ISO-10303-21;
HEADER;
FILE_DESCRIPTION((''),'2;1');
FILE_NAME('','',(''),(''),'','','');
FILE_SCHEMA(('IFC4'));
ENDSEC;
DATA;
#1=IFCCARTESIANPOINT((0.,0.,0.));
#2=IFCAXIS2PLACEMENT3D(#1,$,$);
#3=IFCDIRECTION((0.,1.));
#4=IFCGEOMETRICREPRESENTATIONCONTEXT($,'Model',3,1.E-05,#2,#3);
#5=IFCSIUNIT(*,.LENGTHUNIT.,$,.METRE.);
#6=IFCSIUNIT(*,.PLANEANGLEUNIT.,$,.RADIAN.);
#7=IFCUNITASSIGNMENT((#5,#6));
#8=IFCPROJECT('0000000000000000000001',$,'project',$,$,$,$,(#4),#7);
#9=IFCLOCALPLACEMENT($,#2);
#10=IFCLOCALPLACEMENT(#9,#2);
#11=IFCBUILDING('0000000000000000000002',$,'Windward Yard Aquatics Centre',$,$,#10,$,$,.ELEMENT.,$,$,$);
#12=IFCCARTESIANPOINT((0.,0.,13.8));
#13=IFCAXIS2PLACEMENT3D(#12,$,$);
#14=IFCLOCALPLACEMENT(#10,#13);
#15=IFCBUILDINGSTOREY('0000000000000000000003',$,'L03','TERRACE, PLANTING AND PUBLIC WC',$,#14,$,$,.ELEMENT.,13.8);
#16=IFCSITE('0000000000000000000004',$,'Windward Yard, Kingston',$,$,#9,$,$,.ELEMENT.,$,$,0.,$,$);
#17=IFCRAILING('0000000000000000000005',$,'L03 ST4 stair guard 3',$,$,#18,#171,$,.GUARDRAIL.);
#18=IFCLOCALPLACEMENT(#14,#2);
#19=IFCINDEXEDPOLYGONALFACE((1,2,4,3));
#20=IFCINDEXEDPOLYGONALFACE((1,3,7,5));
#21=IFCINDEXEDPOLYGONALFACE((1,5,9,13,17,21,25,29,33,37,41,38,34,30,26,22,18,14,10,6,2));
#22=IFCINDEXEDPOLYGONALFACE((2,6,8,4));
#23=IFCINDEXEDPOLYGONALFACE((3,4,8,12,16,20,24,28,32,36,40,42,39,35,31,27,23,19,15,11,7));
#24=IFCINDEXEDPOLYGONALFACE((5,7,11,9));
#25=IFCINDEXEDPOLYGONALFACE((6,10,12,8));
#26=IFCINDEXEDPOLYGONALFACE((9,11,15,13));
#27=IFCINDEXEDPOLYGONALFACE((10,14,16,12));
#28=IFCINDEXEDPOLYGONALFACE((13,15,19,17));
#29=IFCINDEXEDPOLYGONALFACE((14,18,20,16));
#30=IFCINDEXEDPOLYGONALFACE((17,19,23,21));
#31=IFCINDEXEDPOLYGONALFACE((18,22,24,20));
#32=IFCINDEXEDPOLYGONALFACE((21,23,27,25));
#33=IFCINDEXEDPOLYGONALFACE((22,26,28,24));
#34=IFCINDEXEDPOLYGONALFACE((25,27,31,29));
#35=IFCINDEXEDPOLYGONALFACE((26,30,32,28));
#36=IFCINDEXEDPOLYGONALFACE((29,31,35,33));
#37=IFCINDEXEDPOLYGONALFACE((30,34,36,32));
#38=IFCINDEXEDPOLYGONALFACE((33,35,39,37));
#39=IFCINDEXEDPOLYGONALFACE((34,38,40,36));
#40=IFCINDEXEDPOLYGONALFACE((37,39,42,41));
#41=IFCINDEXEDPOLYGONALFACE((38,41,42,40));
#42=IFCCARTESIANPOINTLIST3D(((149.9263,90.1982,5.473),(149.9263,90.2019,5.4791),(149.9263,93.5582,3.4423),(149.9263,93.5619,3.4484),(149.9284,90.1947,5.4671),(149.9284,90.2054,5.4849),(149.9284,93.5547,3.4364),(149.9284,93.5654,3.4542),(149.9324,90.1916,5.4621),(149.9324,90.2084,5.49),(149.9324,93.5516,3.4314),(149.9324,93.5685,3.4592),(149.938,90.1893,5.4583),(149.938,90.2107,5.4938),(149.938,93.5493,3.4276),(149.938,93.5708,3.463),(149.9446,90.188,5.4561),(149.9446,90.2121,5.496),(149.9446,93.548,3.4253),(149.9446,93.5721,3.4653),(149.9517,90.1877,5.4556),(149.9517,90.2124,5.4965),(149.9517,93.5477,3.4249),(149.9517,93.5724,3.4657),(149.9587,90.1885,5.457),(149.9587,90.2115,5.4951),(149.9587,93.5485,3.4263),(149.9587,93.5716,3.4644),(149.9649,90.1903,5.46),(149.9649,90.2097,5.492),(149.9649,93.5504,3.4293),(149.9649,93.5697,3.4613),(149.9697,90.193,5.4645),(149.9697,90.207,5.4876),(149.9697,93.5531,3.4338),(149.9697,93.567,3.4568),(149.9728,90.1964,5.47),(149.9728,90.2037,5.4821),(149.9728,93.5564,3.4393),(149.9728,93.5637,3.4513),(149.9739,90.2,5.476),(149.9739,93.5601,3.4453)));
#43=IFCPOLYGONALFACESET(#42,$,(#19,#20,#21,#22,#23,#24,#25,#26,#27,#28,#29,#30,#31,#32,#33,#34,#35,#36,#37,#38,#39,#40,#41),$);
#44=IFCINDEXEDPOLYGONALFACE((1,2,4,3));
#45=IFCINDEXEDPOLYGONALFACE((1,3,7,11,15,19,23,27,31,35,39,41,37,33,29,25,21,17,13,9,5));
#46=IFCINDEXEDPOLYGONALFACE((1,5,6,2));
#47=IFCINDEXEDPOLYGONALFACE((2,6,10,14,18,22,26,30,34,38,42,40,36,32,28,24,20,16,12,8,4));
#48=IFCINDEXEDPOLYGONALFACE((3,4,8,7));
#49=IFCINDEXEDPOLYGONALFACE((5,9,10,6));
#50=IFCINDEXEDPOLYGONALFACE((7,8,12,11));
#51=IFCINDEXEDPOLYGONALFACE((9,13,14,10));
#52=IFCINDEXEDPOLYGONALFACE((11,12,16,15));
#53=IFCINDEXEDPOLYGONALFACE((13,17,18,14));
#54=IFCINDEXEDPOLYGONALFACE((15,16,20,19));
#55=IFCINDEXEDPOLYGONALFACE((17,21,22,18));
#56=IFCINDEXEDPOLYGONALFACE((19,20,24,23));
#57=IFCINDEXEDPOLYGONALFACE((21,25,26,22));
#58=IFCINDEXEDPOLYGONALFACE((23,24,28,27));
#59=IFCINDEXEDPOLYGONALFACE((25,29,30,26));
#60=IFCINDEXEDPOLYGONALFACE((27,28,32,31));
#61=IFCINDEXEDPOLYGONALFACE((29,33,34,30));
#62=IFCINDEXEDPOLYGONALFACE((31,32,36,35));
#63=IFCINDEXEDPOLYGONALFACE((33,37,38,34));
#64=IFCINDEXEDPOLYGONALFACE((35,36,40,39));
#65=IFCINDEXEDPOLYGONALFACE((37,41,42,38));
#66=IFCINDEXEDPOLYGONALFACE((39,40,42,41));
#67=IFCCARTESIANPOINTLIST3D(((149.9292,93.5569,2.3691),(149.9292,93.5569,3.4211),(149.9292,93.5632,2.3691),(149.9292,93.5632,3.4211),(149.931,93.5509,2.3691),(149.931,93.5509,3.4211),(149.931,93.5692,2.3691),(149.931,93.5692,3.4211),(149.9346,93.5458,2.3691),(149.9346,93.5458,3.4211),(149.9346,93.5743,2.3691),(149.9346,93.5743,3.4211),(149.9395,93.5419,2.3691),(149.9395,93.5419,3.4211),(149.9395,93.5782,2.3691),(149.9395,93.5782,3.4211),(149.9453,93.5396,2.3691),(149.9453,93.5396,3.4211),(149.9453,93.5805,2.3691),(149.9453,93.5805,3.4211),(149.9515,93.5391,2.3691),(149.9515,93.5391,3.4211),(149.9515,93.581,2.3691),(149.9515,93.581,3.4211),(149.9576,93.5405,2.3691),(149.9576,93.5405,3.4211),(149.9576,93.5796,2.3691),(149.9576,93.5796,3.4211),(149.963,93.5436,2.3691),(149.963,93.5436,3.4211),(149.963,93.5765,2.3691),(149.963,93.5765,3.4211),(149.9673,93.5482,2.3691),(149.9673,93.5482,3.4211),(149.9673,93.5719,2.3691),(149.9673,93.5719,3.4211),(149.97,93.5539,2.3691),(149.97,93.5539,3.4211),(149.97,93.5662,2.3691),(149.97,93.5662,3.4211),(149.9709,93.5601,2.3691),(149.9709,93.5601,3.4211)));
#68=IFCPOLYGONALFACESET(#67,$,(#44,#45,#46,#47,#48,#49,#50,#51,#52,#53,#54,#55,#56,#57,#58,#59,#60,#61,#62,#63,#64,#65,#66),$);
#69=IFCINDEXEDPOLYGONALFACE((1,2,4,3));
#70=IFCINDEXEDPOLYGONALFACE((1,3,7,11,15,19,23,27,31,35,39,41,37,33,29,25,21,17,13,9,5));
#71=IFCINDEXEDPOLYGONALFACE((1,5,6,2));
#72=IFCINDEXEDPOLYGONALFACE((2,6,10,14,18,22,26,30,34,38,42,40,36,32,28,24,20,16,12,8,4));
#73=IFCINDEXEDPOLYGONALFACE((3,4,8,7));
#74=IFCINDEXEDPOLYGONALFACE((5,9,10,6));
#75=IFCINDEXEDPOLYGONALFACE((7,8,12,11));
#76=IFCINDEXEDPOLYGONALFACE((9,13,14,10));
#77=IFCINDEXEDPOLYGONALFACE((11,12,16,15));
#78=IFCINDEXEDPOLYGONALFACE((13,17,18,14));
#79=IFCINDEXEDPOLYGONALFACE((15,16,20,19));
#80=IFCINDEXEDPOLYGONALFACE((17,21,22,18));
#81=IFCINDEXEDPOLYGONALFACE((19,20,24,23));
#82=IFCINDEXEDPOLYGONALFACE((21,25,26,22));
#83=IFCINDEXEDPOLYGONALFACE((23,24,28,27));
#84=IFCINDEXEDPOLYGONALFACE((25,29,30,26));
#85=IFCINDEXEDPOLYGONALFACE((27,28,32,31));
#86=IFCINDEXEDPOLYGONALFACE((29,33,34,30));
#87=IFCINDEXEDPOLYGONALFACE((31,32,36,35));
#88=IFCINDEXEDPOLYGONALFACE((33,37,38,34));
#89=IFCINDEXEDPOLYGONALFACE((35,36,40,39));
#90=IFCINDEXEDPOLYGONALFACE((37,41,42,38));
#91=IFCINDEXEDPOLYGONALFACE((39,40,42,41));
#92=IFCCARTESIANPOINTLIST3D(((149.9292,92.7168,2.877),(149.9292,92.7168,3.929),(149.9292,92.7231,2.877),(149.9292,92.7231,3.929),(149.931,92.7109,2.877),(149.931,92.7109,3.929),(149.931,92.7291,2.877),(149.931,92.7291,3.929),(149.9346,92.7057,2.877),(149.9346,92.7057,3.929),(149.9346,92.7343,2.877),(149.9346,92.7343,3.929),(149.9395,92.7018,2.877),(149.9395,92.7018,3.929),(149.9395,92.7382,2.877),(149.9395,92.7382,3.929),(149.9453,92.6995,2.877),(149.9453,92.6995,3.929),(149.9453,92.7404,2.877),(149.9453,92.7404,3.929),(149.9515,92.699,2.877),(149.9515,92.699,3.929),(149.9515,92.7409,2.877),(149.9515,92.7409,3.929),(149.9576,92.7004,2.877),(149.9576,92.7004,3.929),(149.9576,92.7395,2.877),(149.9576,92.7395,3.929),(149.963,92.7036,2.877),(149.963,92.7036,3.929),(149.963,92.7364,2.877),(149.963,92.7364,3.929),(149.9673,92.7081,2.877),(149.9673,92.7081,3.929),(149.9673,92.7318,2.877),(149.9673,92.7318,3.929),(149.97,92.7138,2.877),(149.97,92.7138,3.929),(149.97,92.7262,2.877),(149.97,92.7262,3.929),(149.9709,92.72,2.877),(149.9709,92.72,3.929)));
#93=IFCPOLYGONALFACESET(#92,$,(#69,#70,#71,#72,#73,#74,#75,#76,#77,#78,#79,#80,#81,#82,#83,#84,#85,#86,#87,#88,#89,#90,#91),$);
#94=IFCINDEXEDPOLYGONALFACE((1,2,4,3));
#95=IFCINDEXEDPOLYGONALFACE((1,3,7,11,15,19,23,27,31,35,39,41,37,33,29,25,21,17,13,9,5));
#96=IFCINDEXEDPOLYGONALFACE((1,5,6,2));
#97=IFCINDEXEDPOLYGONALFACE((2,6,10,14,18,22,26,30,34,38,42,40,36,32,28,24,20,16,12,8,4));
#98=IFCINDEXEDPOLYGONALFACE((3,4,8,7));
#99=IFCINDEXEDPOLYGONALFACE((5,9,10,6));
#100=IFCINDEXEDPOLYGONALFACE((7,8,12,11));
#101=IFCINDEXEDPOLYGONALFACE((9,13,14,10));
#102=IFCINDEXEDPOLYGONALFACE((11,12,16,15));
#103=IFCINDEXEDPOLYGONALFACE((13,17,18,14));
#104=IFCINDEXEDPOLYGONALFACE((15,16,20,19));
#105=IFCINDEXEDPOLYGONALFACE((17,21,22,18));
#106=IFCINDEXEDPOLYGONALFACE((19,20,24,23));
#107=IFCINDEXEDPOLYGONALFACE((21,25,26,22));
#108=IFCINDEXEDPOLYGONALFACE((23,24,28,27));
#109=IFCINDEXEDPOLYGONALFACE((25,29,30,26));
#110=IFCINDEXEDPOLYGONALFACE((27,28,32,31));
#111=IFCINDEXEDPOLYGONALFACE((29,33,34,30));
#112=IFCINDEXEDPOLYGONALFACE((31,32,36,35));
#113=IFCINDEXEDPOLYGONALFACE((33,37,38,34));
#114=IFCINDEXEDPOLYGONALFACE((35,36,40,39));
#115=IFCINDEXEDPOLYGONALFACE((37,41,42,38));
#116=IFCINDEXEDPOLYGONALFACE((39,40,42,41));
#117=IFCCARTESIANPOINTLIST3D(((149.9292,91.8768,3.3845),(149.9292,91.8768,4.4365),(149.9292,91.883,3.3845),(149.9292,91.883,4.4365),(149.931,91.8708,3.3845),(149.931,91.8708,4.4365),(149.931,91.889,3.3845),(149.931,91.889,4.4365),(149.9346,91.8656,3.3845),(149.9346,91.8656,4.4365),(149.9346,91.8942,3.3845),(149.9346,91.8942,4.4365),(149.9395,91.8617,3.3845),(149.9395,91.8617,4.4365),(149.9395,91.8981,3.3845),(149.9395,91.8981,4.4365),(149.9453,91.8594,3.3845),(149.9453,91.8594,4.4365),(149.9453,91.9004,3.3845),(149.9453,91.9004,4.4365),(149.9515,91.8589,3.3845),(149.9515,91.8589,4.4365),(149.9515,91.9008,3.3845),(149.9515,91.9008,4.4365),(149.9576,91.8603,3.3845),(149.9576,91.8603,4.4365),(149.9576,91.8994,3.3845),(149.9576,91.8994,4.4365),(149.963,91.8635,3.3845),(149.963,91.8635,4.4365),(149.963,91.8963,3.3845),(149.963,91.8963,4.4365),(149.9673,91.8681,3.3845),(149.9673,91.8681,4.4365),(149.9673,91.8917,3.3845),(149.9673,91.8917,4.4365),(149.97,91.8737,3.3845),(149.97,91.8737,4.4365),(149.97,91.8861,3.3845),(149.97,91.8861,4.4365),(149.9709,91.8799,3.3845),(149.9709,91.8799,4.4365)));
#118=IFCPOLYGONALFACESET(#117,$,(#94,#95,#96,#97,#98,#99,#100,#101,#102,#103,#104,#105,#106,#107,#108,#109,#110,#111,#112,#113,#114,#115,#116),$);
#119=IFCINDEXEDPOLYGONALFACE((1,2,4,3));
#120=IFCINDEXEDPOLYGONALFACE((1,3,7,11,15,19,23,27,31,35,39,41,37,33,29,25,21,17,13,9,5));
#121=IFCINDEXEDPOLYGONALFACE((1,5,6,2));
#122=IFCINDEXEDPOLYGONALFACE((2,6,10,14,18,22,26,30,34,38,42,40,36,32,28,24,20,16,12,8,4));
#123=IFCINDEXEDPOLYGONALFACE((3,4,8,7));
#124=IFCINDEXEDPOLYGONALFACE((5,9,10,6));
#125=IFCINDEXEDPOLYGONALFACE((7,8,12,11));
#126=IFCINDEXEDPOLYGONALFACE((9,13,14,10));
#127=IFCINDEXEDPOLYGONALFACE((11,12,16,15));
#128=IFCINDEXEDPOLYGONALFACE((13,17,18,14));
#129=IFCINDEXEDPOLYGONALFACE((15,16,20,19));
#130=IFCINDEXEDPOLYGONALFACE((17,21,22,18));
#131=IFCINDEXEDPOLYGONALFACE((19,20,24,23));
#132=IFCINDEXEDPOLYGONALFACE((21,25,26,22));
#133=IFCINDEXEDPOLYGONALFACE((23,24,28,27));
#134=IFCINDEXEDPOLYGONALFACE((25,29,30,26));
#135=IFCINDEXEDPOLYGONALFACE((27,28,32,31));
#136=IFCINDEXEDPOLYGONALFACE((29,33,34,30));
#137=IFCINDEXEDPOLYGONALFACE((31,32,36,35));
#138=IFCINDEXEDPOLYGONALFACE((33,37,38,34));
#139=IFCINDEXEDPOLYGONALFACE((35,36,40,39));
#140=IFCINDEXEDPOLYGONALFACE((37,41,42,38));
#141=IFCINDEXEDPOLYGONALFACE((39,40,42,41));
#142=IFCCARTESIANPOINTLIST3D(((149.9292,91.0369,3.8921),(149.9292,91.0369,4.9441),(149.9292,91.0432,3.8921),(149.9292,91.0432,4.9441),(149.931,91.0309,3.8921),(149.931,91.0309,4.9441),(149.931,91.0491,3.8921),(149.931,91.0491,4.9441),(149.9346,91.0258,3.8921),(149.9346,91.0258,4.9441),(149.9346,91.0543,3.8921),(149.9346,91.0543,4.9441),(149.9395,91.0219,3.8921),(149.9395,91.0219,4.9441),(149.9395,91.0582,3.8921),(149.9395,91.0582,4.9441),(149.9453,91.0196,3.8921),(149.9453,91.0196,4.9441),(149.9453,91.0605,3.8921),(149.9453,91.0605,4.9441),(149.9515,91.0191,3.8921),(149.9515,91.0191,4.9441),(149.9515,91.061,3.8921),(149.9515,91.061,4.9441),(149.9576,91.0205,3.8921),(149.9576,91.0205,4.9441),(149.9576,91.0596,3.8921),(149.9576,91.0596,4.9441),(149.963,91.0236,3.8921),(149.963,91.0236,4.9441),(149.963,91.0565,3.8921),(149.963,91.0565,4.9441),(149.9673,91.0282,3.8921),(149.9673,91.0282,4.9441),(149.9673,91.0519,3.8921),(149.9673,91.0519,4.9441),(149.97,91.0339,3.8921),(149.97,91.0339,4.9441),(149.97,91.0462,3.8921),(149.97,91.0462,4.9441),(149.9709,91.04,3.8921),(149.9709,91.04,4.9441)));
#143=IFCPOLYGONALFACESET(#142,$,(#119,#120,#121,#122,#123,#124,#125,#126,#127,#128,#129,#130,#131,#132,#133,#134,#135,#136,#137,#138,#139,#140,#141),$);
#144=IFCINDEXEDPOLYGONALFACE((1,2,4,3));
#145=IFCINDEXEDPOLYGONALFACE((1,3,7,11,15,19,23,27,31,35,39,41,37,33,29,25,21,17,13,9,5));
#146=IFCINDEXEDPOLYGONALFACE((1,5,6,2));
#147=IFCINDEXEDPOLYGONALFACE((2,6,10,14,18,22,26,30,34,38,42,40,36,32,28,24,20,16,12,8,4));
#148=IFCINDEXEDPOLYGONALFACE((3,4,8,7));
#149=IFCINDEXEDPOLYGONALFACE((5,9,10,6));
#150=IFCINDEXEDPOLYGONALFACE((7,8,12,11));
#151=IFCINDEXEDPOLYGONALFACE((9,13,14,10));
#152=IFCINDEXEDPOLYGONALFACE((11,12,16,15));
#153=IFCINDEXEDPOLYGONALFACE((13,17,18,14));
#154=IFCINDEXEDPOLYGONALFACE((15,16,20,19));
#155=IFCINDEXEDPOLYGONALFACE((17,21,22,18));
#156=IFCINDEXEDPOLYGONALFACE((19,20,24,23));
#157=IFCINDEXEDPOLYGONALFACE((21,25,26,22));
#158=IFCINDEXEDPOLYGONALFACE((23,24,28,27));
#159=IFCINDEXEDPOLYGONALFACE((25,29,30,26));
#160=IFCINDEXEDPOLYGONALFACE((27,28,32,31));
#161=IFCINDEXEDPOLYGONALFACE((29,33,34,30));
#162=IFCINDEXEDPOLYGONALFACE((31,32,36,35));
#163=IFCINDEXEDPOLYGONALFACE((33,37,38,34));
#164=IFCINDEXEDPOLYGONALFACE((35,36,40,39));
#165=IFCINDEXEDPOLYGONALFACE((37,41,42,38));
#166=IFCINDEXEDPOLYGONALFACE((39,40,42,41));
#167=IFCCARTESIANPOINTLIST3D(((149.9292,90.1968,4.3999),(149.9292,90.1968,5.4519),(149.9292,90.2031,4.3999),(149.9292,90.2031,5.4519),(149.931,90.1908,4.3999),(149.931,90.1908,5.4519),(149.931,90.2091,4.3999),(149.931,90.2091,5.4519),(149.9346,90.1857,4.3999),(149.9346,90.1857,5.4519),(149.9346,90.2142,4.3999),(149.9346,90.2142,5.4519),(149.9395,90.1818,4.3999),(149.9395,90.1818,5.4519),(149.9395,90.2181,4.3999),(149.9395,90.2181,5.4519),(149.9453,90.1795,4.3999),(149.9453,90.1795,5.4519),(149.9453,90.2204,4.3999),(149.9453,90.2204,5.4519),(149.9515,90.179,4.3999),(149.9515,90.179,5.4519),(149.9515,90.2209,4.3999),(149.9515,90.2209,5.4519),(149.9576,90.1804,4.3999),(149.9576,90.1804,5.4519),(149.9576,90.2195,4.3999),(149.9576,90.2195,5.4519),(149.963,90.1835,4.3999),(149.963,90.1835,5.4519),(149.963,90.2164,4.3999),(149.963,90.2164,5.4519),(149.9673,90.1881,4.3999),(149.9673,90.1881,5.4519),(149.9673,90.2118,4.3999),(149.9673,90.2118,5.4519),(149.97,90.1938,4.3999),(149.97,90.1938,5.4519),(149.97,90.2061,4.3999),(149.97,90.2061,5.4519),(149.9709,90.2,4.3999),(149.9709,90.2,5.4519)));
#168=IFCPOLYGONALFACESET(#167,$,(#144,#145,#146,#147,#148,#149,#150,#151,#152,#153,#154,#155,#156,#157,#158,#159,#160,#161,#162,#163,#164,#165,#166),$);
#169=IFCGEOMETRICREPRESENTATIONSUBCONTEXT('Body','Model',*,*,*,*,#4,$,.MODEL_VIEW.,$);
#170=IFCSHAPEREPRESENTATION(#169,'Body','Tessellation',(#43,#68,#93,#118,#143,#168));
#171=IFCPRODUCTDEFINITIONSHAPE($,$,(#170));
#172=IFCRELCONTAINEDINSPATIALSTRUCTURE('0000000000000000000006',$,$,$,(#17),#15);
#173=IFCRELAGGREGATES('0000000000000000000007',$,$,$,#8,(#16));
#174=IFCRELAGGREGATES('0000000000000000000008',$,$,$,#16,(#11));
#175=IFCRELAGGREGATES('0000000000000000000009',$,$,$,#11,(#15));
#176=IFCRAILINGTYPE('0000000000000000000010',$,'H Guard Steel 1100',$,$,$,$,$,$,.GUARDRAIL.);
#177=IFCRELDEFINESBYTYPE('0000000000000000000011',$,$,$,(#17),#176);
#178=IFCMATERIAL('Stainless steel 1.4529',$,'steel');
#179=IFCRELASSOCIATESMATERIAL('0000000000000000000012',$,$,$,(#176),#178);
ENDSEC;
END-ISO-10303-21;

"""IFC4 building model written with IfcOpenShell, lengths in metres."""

from ifc_helpers import new_model, si_unit, direction, frame, origin, origin_2d, place, context, subcontext, project, spatial, circle, extrude, material, type_object, element, save


model = new_model("IFC4")

# Units and contexts
model_context = context("Model", 3, precision=1e-05, world=origin(), true_north=direction((0.0, 1.0)))
body_context = subcontext(model_context, "Body", "Model", "MODEL_VIEW")
ifc_project = project(units=[si_unit("LENGTHUNIT", "METRE"), si_unit("PLANEANGLEUNIT", "RADIAN")], contexts=[model_context])

# Site, building, storey
site_placement = place(None, origin())
site = spatial("IfcSite", under=ifc_project, at=site_placement, Name="Windward Yard, Kingston", CompositionType="ELEMENT", RefElevation=0.0)
building_placement = place(site_placement, origin())
building = spatial("IfcBuilding", under=site, at=building_placement, Name="Windward Yard Aquatics Centre", CompositionType="ELEMENT")
storey_placement = place(building_placement, frame((0.0, 0.0, 13.8)))
storey = spatial("IfcBuildingStorey", under=building, at=storey_placement, Name="L03", Description="TERRACE, PLANTING AND PUBLIC WC", CompositionType="ELEMENT", Elevation=13.8)

# Railing
ifc_material_1 = material(Name="Stainless steel 1.4529", Category="steel")
railing_type_1 = type_object("IfcRailingType", Name="H Guard Steel 1100", PredefinedType="GUARDRAIL", material=ifc_material_1)
railing_1_placement = place(storey_placement, frame((149.95, 93.5601, 2.3691)))
element("IfcRailing", 1, at=railing_1_placement, inside=storey, type_object=railing_type_1, Name="L03 ST4 stair guard 3", PredefinedType="GUARDRAIL", context=body_context, shape_type="SweptSolid", body=[
    extrude(circle(Radius=0.0239, at=origin_2d()), frame((0.0, 0.0, 1.0762), z_axis=(0.0, -0.855837, 0.517246), x_axis=(1.0, 0.0, 0.0)), (0.0, 0.0, 1.0), 3.926),
    extrude(circle(Radius=0.021, at=origin_2d()), origin(), (0.0, 0.0, 1.0), 1.052),
    extrude(circle(Radius=0.021, at=origin_2d()), frame((0.0, -0.8401, 0.5078)), (0.0, 0.0, 1.0), 1.052),
    extrude(circle(Radius=0.021, at=origin_2d()), frame((0.0, -1.6802, 1.0154)), (0.0, 0.0, 1.0), 1.052),
    extrude(circle(Radius=0.021, at=origin_2d()), frame((0.0, -2.52, 1.5229)), (0.0, 0.0, 1.0), 1.052),
    extrude(circle(Radius=0.021, at=origin_2d()), frame((0.0, -3.3601, 2.0308)), (0.0, 0.0, 1.0), 1.052),
])

save(model, "model.ifc")
